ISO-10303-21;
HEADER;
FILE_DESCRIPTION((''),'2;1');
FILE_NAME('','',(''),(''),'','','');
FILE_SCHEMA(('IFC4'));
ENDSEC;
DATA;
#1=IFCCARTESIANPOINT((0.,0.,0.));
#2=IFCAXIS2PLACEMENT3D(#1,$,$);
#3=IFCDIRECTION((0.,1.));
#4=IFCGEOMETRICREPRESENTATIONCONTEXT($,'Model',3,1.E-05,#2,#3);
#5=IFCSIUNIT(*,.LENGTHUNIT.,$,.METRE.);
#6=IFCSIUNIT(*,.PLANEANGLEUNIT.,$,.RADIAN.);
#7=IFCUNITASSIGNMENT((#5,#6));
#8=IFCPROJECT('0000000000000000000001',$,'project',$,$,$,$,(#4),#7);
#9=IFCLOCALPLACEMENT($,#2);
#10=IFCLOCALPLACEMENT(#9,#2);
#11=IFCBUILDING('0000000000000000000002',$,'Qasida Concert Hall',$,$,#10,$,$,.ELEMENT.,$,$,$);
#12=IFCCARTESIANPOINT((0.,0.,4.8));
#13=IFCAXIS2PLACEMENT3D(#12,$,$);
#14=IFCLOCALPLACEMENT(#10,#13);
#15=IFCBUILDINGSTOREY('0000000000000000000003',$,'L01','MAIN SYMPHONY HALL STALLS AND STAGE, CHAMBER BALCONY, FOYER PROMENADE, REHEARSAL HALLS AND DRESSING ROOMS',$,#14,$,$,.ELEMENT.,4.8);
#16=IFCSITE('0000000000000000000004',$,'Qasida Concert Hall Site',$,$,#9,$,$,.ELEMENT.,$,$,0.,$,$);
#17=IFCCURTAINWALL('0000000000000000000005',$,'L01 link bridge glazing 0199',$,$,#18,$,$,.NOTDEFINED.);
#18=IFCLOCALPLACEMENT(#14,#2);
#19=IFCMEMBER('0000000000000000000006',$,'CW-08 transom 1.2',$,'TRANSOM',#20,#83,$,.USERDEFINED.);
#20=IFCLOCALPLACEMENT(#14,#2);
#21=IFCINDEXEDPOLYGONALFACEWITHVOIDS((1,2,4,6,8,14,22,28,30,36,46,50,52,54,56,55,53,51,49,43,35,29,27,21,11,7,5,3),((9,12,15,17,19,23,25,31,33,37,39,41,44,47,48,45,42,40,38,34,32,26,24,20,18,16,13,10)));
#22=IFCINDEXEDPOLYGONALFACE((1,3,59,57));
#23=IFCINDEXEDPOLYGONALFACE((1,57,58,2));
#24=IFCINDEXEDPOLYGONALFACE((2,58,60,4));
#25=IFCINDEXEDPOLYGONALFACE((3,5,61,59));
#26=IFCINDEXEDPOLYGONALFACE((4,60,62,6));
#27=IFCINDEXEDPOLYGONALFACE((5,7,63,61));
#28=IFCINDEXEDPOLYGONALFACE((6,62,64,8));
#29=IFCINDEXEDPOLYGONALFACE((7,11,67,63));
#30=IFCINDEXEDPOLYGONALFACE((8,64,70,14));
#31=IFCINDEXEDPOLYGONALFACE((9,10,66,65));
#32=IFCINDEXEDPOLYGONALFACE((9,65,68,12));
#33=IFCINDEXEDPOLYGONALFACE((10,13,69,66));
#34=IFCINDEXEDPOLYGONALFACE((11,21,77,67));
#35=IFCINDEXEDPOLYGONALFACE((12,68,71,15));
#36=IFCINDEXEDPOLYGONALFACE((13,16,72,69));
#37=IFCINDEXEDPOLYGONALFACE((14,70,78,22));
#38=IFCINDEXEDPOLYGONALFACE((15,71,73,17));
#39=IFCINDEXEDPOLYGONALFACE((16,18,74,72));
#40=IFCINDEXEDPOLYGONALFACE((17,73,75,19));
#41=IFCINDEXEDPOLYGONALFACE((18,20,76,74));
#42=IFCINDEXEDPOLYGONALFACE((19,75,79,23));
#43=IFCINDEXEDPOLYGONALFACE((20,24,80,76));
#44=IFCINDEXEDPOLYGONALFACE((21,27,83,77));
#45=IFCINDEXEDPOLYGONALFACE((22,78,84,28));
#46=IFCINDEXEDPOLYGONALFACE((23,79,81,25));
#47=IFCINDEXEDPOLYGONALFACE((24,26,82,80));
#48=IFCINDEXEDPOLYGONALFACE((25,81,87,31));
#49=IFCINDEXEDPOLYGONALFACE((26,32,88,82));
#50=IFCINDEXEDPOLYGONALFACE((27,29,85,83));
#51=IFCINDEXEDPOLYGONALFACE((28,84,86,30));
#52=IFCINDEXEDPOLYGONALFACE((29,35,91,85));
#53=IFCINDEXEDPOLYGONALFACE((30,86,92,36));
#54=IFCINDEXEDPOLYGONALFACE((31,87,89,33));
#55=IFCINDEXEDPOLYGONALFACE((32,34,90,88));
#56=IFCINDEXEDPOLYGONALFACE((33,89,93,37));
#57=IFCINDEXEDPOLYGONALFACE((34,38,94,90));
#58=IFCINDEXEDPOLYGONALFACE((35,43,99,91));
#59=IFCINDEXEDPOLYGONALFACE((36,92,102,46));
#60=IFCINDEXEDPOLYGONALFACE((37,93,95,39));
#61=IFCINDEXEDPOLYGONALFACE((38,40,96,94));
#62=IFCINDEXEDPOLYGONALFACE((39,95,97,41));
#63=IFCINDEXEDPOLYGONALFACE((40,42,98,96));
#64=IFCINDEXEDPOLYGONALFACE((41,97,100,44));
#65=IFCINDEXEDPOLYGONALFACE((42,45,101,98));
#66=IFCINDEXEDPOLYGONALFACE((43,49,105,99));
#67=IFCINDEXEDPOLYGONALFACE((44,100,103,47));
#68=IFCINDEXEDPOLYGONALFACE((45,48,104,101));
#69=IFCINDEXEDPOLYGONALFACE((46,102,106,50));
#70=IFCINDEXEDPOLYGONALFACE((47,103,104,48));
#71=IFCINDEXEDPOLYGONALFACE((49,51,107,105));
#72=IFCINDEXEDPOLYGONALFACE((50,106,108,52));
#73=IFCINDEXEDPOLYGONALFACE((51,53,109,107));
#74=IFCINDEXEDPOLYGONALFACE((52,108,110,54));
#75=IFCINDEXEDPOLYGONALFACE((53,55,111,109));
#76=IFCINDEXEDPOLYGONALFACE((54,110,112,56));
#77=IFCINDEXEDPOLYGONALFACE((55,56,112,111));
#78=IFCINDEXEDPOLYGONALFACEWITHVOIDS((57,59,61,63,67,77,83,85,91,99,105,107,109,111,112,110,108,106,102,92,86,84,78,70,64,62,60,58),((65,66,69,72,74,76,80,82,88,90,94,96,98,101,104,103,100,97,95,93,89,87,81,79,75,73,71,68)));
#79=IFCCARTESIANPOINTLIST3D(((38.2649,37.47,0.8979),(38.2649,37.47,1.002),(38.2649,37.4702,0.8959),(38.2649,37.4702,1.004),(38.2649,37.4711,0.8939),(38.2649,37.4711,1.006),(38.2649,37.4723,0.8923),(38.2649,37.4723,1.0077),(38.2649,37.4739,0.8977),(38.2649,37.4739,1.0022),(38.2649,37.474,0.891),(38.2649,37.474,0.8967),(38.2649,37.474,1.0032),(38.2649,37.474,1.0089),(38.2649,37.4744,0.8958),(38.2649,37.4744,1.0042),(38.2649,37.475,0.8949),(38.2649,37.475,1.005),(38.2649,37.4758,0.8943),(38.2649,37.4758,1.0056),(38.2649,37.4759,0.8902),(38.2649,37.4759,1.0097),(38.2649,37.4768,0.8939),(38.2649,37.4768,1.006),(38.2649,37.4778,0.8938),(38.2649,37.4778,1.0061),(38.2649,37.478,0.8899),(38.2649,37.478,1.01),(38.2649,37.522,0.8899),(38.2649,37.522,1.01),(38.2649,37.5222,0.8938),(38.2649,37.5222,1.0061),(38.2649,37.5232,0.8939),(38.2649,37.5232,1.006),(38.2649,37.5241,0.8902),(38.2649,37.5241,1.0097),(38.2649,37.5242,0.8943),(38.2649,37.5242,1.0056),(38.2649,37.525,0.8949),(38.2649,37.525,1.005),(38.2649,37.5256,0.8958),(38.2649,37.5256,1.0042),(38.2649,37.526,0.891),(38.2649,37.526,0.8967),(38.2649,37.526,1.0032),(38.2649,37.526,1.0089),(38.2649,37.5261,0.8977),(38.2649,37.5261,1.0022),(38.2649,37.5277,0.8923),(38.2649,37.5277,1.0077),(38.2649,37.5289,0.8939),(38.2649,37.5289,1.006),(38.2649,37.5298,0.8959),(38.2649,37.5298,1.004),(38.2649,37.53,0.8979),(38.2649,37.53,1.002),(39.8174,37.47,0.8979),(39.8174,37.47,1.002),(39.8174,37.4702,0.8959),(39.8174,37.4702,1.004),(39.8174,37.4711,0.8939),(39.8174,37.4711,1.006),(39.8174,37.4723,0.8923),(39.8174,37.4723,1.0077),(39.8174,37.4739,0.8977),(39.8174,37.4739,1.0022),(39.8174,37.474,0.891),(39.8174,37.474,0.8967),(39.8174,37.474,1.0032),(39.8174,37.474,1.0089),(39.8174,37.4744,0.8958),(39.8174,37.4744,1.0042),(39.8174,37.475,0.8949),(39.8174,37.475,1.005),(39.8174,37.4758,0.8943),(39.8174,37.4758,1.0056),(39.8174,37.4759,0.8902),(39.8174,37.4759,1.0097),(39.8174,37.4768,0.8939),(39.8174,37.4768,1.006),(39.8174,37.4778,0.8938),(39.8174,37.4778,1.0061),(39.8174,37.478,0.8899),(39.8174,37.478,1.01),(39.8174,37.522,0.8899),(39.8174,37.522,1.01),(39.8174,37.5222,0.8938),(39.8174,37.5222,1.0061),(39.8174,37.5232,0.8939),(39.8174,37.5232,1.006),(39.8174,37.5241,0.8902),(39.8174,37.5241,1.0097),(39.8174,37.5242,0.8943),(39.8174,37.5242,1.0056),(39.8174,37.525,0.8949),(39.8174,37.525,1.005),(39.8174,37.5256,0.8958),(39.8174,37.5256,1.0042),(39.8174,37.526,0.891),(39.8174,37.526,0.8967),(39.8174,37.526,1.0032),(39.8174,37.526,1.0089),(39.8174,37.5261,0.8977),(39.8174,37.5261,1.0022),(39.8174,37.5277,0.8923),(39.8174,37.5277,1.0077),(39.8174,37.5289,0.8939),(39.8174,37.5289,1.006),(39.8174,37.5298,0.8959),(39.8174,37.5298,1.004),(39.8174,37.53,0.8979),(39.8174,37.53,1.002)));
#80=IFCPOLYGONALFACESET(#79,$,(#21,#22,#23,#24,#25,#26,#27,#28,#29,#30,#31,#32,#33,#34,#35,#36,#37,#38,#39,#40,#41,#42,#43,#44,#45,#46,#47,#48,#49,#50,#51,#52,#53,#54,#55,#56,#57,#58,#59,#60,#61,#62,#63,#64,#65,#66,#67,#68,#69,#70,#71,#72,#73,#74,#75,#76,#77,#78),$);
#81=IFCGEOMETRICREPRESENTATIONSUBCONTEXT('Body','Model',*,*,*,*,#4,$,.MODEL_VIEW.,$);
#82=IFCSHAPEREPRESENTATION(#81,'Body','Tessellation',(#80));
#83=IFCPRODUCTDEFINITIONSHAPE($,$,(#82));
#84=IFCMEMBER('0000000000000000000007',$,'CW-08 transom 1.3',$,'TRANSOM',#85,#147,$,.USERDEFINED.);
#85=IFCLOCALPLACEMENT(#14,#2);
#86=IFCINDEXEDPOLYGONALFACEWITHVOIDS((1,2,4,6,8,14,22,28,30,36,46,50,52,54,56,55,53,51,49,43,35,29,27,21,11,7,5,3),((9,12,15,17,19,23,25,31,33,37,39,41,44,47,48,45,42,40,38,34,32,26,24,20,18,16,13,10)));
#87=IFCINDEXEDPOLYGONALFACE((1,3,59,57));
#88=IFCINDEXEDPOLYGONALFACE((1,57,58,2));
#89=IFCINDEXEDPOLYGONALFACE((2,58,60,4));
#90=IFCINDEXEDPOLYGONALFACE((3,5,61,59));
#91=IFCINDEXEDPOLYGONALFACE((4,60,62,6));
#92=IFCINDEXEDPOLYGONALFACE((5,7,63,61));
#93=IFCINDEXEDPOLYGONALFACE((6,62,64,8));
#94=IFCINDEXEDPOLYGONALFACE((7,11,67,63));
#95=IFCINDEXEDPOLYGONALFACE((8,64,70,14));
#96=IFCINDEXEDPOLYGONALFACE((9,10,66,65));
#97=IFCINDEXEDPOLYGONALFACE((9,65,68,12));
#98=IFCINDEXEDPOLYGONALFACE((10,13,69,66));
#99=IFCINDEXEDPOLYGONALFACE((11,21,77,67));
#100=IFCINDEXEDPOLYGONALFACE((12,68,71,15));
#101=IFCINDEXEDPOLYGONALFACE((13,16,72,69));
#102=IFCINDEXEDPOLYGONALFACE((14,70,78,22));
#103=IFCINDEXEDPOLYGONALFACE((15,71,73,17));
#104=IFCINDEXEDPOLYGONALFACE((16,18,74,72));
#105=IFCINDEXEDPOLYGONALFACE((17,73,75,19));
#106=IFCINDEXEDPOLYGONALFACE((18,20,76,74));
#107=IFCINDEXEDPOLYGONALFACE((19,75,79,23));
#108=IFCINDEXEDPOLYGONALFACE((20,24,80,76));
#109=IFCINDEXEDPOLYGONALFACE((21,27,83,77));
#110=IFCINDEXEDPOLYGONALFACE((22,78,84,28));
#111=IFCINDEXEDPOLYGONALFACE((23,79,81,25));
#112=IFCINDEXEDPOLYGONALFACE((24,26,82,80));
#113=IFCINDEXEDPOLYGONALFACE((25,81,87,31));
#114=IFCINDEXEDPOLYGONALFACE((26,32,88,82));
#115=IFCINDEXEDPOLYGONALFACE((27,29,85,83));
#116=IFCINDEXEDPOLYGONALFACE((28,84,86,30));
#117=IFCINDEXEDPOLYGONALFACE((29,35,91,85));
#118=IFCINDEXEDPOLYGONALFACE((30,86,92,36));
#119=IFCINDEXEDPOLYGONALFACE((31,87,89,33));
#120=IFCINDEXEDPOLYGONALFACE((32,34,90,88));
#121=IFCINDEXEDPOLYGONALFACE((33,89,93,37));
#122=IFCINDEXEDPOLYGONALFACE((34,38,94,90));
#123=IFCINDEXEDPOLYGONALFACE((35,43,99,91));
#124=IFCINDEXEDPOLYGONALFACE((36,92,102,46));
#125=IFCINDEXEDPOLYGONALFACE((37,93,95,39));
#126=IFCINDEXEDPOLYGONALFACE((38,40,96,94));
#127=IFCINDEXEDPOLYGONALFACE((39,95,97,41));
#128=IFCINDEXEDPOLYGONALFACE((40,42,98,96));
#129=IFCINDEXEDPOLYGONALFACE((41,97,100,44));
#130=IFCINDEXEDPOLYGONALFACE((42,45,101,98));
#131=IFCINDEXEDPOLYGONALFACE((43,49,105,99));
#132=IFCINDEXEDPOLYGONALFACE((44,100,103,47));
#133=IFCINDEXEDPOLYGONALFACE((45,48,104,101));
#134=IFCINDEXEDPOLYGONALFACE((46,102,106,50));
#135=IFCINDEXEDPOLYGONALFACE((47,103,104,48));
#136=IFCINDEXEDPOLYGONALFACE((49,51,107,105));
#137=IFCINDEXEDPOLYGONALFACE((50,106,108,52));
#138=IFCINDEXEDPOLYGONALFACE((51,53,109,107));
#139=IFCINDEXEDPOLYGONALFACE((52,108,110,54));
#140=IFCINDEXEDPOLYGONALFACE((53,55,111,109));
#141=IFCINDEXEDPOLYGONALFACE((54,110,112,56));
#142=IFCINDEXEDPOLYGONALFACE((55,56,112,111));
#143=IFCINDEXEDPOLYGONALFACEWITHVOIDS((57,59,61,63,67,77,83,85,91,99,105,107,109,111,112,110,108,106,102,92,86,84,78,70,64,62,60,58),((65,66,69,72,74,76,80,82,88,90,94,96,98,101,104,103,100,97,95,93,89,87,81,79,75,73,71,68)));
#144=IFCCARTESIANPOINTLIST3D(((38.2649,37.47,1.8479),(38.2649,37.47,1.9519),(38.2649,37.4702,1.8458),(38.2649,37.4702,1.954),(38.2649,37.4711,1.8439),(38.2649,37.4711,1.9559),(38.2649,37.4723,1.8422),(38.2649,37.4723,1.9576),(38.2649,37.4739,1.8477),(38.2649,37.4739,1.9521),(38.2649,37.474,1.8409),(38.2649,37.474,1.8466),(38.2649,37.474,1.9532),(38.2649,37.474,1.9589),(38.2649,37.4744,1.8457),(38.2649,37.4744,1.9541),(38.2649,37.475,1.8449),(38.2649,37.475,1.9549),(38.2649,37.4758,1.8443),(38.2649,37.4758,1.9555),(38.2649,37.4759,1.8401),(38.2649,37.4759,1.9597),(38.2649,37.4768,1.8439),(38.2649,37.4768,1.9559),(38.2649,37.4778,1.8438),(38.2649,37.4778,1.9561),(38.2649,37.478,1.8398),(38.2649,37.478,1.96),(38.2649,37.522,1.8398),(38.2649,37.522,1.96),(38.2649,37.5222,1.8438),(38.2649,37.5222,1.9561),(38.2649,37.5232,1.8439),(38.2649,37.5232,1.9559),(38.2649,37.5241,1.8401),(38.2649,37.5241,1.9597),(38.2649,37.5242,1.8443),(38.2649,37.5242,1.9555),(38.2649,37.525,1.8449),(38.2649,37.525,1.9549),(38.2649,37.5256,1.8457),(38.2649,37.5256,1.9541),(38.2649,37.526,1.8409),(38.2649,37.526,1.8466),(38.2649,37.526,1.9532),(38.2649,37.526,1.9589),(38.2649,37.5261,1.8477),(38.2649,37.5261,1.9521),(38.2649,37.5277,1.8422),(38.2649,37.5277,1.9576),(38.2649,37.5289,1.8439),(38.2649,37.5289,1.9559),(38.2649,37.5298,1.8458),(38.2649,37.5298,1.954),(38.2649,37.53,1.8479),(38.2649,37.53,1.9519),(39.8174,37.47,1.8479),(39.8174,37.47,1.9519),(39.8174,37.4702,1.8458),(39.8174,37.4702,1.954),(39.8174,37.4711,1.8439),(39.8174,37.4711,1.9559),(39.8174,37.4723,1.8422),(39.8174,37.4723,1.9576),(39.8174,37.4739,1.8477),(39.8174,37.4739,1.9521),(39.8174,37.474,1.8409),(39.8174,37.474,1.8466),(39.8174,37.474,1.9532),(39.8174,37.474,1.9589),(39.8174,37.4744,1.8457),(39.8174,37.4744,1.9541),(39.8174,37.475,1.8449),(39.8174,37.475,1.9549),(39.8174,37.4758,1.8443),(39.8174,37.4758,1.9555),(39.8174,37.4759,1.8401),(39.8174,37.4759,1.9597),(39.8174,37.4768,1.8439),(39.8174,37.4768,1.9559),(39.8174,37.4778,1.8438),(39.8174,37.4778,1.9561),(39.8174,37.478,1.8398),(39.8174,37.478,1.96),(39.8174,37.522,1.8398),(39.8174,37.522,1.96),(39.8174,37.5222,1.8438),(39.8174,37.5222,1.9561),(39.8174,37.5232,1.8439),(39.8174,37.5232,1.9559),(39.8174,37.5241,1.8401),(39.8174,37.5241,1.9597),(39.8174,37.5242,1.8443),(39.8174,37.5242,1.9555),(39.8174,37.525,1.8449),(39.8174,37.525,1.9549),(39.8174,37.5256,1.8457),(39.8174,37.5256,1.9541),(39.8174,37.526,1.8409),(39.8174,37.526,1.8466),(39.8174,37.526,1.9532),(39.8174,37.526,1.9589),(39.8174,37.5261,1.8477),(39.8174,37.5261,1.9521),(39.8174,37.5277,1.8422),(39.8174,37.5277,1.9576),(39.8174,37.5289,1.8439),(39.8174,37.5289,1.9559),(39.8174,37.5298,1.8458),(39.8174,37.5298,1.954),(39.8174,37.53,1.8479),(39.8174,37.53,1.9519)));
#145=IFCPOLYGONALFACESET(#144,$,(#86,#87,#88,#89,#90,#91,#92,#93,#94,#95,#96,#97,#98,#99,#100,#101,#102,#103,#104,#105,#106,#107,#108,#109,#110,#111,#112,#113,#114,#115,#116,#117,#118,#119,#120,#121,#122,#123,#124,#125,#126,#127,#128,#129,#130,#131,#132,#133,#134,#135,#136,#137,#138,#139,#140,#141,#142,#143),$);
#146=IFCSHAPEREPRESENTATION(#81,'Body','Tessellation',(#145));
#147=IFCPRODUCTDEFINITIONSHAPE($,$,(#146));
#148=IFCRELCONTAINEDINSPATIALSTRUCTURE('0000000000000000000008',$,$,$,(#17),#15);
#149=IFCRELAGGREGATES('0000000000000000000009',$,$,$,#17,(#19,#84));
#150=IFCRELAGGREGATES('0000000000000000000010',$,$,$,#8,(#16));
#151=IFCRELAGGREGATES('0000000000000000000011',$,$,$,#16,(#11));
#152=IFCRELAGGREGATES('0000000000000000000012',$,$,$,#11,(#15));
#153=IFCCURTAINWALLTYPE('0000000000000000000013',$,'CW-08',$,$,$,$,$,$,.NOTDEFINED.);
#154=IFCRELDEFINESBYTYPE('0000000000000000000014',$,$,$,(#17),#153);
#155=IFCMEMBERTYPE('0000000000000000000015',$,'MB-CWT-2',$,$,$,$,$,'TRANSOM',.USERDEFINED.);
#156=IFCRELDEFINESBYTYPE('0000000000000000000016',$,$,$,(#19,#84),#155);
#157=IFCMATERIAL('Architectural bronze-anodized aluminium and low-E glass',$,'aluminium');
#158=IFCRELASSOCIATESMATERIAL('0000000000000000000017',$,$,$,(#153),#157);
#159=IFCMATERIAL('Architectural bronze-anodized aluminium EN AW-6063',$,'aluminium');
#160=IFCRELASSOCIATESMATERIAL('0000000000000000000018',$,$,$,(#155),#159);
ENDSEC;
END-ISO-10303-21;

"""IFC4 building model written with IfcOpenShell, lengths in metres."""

from ifc_helpers import new_model, si_unit, direction, frame, origin, origin_2d, place, context, subcontext, project, spatial, hollow_rectangle, extrude, material, material_profile, profile_set, type_object, element, aggregate, save


model = new_model("IFC4")

# Units and contexts
model_context = context("Model", 3, precision=1e-05, world=origin(), true_north=direction((0.0, 1.0)))
body_context = subcontext(model_context, "Body", "Model", "MODEL_VIEW")
ifc_project = project(units=[si_unit("LENGTHUNIT", "METRE"), si_unit("PLANEANGLEUNIT", "RADIAN")], contexts=[model_context])

# Site, building, storey
site_placement = place(None, origin())
site = spatial("IfcSite", under=ifc_project, at=site_placement, Name="Qasida Concert Hall Site", CompositionType="ELEMENT", RefElevation=0.0)
building_placement = place(site_placement, origin())
building = spatial("IfcBuilding", under=site, at=building_placement, Name="Qasida Concert Hall", CompositionType="ELEMENT")
storey_placement = place(building_placement, frame((0.0, 0.0, 4.8)))
storey = spatial("IfcBuildingStorey", under=building, at=storey_placement, Name="L01", Description="MAIN SYMPHONY HALL STALLS AND STAGE, CHAMBER BALCONY, FOYER PROMENADE, REHEARSAL HALLS AND DRESSING ROOMS", CompositionType="ELEMENT", Elevation=4.8)

# Shared definitions
ifc_material_1 = material(Name="Architectural bronze-anodized aluminium and low-E glass", Category="aluminium")
curtain_wall_type = type_object("IfcCurtainWallType", Name="CW-08", PredefinedType="NOTDEFINED", material=ifc_material_1)
ifc_material_2 = material(Name="Architectural bronze-anodized aluminium EN AW-6063", Category="aluminium")

# Curtain wall
curtain_wall_1_placement = place(storey_placement, origin())
curtain_wall_1 = element("IfcCurtainWall", 1, at=curtain_wall_1_placement, inside=storey, type_object=curtain_wall_type, Name="L01 link bridge glazing 0199", PredefinedType="NOTDEFINED")

# Members
ifc_material_profile_1 = material_profile(ifc_material_2, hollow_rectangle(XDim=0.0601, YDim=0.1201, WallThickness=0.0039, InnerFilletRadius=0.0039, OuterFilletRadius=0.0081, at=origin_2d()), Name="CWT 120x60x4")
ifc_profile_set_1 = profile_set([ifc_material_profile_1], Name="Architectural bronze-anodized aluminium EN AW-6063")
member_type_1 = type_object("IfcMemberType", Name="MB-CWT-2", ElementType="TRANSOM", PredefinedType="USERDEFINED", material=ifc_profile_set_1)
member_1_placement = place(storey_placement, frame((38.2649, 37.5, 0.95), z_axis=(1.0, 0.0, 0.0), x_axis=(0.0, 1.0, 0.0)))
member_1 = element("IfcMember", 2, at=member_1_placement, type_object=member_type_1, Name="CW-08 transom 1.2", ObjectType="TRANSOM", PredefinedType="USERDEFINED", context=body_context, shape_type="SweptSolid", body=[
    extrude(hollow_rectangle(XDim=0.0601, YDim=0.1201, WallThickness=0.0039, InnerFilletRadius=0.0039, OuterFilletRadius=0.0081, at=origin_2d()), origin(), (0.0, 0.0, 1.0), 1.5525),
])
member_2_placement = place(storey_placement, frame((38.2649, 37.5, 1.8999), z_axis=(1.0, 0.0, 0.0), x_axis=(0.0, 1.0, 0.0)))
member_2 = element("IfcMember", 3, at=member_2_placement, type_object=member_type_1, Name="CW-08 transom 1.3", ObjectType="TRANSOM", PredefinedType="USERDEFINED", context=body_context, shape_type="SweptSolid", body=[
    extrude(hollow_rectangle(XDim=0.0601, YDim=0.1201, WallThickness=0.0039, InnerFilletRadius=0.0039, OuterFilletRadius=0.0081, at=origin_2d()), origin(), (0.0, 0.0, 1.0), 1.5525),
])

aggregate(curtain_wall_1, [member_1, member_2])

save(model, "model.ifc")
